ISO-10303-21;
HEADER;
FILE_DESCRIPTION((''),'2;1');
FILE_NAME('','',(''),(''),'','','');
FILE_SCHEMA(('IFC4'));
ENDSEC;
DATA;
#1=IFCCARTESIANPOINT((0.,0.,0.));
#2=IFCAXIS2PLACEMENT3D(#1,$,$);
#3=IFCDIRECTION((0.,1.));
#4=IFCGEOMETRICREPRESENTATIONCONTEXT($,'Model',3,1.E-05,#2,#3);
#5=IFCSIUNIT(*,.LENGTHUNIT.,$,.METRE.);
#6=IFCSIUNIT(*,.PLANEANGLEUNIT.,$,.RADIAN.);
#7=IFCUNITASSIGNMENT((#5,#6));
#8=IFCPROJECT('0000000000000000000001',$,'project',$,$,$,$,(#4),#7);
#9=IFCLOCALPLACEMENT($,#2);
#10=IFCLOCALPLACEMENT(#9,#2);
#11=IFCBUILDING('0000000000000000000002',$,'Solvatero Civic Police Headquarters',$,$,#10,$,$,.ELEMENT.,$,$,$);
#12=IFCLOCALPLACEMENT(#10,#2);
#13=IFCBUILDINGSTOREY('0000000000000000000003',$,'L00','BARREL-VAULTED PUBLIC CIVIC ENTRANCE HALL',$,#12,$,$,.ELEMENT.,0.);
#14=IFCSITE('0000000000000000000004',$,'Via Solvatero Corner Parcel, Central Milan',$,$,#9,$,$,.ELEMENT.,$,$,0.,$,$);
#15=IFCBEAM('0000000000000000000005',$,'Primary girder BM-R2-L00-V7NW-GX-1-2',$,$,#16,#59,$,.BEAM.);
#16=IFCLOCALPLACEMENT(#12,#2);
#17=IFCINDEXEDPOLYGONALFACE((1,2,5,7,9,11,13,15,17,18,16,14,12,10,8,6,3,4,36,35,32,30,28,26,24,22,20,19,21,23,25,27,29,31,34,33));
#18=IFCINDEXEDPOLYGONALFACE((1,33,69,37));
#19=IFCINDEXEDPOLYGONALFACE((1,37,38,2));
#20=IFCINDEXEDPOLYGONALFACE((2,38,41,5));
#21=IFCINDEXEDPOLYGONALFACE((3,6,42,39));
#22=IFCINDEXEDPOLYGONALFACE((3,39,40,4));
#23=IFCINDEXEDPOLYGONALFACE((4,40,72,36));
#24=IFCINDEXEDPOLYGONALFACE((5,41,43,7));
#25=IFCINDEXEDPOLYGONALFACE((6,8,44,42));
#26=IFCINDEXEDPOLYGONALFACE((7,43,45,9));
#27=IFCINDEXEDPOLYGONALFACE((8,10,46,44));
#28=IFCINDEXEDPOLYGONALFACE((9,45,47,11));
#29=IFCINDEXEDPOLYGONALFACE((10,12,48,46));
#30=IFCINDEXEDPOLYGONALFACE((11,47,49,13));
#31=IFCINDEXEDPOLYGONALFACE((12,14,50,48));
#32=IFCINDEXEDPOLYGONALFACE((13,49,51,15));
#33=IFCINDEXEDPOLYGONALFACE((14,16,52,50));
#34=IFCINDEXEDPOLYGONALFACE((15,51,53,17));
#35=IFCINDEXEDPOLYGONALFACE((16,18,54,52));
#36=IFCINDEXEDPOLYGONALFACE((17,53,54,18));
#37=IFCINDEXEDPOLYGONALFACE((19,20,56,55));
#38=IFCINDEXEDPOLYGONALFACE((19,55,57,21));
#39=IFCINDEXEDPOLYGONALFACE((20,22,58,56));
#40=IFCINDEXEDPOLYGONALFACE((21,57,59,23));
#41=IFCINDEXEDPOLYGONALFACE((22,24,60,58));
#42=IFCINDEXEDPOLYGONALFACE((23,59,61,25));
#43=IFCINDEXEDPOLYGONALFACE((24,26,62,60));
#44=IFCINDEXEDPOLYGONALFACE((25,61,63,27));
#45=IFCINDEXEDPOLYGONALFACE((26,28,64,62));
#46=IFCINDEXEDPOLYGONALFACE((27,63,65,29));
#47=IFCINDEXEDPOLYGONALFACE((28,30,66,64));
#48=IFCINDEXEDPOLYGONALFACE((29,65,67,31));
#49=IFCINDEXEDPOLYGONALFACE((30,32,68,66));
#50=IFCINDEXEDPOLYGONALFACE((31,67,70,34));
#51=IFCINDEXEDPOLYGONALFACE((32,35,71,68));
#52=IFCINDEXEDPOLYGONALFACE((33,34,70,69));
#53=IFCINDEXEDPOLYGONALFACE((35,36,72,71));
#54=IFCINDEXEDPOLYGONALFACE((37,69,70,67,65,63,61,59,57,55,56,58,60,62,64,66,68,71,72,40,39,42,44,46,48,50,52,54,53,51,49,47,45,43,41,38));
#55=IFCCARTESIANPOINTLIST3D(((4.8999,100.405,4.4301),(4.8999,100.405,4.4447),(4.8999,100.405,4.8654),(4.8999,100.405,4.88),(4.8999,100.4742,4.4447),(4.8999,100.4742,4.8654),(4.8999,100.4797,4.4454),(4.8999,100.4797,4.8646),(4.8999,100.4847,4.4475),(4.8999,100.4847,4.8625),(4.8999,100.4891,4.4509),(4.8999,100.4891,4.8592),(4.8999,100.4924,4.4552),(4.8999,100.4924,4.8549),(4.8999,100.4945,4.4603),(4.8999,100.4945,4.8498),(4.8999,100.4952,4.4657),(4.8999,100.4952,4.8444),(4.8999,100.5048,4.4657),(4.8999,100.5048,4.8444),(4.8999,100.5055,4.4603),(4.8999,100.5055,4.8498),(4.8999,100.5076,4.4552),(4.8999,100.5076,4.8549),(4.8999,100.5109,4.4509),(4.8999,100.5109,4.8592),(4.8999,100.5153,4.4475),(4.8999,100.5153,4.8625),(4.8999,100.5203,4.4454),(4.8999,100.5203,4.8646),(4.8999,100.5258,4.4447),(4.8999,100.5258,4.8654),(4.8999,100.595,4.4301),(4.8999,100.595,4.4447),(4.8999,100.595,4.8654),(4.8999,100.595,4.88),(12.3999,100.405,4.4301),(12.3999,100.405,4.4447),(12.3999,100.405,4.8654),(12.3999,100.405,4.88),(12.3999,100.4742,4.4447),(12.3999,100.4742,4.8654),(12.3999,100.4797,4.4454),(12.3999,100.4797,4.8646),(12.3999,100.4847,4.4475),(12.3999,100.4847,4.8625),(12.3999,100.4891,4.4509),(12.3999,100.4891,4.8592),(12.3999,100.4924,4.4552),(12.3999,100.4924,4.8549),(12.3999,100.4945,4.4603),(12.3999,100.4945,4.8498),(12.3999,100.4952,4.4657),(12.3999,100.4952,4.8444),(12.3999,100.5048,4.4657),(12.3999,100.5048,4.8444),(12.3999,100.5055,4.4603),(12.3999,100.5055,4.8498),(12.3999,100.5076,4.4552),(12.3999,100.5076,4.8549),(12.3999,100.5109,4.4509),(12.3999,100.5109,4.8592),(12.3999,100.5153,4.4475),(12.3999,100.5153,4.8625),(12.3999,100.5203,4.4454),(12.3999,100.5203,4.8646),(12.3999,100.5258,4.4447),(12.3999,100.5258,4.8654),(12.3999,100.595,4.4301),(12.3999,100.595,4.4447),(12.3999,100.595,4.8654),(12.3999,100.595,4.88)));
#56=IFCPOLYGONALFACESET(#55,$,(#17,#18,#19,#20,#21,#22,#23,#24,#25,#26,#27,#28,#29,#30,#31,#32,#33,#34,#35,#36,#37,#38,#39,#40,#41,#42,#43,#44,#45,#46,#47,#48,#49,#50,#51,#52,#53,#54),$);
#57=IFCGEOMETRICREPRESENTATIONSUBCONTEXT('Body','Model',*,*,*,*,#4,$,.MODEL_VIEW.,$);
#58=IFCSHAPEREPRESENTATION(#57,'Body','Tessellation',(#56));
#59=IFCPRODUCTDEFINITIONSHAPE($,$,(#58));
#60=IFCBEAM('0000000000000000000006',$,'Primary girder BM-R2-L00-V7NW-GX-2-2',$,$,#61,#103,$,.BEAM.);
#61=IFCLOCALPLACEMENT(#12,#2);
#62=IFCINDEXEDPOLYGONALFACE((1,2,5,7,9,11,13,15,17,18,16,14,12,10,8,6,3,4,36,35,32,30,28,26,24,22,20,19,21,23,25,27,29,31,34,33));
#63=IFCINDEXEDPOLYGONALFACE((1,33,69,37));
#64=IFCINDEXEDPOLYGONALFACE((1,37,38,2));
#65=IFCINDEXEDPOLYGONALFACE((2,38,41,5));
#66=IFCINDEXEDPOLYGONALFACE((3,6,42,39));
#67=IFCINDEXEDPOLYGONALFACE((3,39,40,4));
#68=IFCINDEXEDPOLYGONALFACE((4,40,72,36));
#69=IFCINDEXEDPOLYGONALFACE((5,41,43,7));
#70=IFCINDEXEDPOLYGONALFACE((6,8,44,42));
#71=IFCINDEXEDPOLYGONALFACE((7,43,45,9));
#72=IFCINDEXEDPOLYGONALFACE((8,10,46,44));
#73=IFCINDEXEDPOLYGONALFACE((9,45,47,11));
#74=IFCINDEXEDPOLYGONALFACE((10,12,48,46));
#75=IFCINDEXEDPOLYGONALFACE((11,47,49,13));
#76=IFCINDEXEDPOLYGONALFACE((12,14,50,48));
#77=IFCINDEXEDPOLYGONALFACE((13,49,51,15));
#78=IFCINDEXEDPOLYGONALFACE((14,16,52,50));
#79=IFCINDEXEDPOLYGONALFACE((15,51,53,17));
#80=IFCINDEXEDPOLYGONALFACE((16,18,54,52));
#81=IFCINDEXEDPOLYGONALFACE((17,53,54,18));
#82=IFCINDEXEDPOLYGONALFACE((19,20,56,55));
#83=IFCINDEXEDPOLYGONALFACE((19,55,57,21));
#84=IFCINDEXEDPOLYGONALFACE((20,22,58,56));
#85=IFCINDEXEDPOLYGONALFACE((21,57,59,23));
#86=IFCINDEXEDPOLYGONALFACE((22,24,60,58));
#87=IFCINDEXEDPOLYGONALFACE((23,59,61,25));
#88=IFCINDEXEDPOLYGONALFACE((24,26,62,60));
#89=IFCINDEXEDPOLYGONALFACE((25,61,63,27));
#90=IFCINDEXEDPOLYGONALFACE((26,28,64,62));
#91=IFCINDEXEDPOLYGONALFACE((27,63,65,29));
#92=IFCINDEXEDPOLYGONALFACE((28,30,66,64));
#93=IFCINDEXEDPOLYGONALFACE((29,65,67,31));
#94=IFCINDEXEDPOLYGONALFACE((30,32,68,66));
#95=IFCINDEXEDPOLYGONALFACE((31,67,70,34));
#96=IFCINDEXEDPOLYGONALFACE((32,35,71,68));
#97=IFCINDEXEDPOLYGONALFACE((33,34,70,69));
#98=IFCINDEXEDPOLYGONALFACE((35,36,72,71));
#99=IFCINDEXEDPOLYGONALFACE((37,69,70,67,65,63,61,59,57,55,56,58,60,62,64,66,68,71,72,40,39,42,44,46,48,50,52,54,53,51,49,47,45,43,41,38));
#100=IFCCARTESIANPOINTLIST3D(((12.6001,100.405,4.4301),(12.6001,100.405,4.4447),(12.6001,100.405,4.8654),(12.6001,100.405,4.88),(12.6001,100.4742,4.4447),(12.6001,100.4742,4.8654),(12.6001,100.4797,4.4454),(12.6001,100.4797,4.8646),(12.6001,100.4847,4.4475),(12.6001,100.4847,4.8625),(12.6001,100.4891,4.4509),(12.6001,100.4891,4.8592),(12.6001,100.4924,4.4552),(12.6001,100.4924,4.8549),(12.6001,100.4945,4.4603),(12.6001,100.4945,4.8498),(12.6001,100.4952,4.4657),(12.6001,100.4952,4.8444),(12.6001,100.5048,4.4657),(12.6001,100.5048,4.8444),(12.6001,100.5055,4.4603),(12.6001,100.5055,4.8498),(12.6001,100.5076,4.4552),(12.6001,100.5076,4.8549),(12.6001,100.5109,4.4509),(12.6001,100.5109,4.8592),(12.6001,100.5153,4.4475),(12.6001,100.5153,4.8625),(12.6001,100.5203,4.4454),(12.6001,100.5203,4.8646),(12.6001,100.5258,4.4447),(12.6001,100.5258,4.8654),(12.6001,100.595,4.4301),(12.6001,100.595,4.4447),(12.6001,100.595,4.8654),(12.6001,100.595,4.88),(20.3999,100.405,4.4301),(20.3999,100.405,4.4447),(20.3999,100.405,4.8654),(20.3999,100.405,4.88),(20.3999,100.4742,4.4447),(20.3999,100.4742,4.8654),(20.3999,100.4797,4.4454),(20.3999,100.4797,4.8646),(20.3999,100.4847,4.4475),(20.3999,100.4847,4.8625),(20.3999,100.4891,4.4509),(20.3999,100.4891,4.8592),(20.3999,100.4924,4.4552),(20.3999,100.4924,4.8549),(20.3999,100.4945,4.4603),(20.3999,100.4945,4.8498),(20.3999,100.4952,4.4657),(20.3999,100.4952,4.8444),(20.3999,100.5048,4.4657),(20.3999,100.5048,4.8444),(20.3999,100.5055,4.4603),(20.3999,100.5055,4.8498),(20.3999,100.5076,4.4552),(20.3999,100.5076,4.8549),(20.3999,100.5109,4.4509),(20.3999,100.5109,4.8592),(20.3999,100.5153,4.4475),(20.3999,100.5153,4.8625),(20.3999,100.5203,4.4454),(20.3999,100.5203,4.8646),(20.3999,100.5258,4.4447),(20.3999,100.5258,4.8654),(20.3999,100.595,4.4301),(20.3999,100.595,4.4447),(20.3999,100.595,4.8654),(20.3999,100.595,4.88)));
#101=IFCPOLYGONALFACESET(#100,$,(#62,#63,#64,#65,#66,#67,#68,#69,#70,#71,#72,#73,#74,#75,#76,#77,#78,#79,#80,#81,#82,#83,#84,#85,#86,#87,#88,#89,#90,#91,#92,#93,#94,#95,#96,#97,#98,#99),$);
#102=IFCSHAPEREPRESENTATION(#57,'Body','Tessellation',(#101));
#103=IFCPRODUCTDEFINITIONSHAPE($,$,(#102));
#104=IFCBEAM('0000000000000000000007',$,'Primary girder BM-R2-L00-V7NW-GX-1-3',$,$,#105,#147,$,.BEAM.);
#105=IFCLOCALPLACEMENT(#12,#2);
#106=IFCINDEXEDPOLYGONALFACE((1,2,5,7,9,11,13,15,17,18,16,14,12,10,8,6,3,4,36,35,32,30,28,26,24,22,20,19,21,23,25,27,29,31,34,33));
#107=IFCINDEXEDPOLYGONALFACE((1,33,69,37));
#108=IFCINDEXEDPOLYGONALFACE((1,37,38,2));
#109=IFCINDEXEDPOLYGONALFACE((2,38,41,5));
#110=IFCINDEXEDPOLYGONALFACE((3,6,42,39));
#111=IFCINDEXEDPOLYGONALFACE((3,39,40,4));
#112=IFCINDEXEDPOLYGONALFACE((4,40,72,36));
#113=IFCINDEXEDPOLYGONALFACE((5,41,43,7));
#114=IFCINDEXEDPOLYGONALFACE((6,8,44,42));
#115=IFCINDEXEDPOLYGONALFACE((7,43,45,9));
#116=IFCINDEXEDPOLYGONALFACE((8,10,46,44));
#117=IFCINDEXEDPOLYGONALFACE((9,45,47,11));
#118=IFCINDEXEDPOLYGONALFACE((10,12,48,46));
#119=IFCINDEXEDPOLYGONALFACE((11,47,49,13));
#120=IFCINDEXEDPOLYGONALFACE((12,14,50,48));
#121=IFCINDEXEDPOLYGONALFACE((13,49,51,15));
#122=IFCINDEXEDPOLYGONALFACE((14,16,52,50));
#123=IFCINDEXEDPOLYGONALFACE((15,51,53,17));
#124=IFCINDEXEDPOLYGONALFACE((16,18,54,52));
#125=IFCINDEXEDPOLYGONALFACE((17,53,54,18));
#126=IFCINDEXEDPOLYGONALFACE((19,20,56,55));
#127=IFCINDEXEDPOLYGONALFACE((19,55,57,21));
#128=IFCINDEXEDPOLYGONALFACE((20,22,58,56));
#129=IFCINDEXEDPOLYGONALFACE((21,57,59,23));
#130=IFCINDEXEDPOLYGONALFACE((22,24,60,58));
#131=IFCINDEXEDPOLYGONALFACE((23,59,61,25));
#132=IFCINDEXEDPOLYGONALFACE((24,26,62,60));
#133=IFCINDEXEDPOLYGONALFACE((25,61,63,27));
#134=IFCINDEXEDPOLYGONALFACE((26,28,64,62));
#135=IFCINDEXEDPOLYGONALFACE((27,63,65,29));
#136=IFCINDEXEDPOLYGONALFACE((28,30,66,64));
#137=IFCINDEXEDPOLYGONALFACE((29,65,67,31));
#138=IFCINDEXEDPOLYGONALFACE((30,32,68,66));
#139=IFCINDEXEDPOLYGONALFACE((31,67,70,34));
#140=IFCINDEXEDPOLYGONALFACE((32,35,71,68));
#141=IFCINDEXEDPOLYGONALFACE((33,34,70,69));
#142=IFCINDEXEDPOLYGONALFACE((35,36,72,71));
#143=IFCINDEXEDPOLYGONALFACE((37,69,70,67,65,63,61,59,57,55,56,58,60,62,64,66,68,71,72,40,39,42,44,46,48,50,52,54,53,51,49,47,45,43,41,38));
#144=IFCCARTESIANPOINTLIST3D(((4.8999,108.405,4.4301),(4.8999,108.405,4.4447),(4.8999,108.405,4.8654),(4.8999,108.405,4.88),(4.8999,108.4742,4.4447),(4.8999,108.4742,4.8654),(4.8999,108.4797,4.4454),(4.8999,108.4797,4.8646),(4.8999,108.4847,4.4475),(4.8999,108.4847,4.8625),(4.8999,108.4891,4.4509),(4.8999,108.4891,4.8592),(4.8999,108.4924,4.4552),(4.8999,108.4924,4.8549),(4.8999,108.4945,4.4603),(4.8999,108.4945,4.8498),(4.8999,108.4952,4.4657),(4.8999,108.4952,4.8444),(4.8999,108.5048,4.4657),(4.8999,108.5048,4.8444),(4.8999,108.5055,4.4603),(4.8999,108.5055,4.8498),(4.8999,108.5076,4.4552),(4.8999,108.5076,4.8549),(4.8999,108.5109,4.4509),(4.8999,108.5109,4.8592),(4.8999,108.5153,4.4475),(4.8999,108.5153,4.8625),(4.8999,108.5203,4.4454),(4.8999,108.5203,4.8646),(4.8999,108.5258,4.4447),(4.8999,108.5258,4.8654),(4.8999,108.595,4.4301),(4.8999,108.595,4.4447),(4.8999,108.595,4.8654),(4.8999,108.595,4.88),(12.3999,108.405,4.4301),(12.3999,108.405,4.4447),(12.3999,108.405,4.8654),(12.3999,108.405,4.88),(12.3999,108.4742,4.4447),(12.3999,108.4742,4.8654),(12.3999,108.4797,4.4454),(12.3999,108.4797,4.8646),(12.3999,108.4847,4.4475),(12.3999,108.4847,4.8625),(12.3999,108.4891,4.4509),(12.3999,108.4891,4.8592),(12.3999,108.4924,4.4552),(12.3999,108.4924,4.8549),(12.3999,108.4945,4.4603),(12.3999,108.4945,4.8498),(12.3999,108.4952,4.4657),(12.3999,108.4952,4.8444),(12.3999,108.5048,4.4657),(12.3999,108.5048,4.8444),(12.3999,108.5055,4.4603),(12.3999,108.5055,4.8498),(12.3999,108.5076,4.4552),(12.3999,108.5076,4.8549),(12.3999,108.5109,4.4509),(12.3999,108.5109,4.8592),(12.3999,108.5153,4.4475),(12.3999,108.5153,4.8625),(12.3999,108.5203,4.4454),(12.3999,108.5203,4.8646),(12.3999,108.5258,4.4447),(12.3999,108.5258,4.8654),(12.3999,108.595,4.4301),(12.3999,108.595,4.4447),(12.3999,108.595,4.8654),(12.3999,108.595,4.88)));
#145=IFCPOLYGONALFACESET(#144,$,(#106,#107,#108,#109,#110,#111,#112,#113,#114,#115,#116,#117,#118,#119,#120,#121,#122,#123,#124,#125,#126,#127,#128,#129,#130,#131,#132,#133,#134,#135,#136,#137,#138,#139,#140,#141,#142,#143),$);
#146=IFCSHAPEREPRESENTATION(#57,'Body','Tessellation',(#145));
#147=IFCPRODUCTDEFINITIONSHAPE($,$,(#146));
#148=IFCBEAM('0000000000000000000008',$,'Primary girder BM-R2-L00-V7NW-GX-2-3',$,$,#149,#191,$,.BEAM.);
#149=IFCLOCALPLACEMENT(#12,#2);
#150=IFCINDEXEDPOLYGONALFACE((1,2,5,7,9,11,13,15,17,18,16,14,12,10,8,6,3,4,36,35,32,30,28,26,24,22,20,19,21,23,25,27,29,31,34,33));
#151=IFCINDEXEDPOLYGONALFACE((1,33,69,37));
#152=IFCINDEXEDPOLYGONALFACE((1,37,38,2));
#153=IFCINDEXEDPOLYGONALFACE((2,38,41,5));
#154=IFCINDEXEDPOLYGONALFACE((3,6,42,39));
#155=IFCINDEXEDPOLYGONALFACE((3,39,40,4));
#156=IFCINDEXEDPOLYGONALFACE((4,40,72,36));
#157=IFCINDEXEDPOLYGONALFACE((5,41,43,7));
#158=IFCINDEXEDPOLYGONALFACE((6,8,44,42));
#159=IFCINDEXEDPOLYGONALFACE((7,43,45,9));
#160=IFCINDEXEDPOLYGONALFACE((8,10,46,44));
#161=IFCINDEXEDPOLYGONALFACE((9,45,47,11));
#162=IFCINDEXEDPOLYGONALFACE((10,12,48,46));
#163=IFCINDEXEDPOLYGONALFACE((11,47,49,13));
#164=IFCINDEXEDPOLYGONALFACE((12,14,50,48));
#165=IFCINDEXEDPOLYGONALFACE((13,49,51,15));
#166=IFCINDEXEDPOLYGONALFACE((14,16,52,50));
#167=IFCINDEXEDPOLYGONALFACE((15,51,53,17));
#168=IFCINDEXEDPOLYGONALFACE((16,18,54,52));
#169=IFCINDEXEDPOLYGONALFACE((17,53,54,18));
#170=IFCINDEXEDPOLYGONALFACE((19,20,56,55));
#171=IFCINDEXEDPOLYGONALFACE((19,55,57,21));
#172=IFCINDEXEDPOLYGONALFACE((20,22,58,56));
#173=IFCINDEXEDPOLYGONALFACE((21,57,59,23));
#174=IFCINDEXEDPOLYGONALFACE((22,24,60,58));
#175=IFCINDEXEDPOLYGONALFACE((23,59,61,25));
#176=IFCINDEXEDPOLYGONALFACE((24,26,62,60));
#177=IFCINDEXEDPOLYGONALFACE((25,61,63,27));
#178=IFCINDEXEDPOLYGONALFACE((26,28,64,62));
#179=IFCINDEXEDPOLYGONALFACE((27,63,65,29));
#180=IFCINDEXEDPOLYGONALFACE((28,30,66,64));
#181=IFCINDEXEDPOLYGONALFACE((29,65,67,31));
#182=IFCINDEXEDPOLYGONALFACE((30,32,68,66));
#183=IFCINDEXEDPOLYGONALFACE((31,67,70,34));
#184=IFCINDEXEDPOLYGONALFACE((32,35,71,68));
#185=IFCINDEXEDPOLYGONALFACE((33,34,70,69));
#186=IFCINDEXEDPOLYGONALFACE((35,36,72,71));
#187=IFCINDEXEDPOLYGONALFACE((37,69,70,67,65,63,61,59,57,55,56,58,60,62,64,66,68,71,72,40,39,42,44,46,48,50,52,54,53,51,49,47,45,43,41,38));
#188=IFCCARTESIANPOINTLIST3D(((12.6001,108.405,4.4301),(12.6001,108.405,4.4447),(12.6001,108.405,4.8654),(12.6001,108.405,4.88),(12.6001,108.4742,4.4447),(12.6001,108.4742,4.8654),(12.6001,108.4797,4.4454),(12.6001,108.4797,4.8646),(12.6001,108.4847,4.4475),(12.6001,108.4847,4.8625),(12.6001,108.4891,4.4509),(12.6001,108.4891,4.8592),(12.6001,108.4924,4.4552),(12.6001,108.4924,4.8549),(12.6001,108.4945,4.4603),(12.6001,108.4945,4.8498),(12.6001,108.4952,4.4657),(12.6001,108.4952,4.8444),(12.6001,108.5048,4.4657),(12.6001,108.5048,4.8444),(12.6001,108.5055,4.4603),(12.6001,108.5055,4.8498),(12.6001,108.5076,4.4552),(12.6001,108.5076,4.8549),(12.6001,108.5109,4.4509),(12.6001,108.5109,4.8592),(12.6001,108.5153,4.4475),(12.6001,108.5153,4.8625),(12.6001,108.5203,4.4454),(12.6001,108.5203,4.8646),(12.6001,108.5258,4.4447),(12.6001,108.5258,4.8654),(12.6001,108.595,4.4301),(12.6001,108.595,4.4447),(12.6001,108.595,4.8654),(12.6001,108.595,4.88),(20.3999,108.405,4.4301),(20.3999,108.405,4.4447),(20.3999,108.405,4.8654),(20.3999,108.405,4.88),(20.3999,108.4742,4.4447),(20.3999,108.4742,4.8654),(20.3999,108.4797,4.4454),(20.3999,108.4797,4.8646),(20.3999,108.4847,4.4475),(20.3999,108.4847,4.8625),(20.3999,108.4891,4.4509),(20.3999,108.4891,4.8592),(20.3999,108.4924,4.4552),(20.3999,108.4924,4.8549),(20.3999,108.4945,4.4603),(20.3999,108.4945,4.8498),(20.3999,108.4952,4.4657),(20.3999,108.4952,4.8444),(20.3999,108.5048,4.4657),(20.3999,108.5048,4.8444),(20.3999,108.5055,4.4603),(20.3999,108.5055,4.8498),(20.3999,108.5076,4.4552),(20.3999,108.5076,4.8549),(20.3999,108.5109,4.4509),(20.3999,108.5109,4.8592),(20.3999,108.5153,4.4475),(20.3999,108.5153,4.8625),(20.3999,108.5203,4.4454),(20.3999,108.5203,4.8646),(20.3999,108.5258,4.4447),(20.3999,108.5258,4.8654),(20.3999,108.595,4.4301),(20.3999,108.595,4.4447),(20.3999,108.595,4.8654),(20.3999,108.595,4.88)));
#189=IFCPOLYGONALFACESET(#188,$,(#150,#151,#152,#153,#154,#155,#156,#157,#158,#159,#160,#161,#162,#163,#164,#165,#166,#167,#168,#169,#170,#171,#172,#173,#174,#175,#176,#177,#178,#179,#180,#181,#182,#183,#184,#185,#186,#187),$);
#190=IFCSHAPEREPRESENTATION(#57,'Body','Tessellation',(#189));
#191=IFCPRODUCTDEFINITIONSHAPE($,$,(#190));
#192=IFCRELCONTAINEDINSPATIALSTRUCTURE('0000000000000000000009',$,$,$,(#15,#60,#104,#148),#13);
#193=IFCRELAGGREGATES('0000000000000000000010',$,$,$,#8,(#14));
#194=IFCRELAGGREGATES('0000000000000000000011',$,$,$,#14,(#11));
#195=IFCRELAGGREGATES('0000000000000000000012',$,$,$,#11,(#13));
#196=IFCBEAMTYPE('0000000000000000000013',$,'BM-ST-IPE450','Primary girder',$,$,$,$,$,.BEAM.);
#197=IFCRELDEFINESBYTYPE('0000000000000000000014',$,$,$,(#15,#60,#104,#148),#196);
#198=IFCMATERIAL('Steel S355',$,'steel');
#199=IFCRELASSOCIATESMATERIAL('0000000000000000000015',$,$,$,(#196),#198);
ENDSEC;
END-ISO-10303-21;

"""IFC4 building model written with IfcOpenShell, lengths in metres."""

from ifc_helpers import new_model, si_unit, direction, frame, origin, origin_2d, place, context, subcontext, project, spatial, i_section, extrude, material, material_profile, profile_set, type_object, element, save


model = new_model("IFC4")

# Units and contexts
model_context = context("Model", 3, precision=1e-05, world=origin(), true_north=direction((0.0, 1.0)))
body_context = subcontext(model_context, "Body", "Model", "MODEL_VIEW")
ifc_project = project(units=[si_unit("LENGTHUNIT", "METRE"), si_unit("PLANEANGLEUNIT", "RADIAN")], contexts=[model_context])

# Site, building, storey
site_placement = place(None, origin())
site = spatial("IfcSite", under=ifc_project, at=site_placement, Name="Via Solvatero Corner Parcel, Central Milan", CompositionType="ELEMENT", RefElevation=0.0)
building_placement = place(site_placement, origin())
building = spatial("IfcBuilding", under=site, at=building_placement, Name="Solvatero Civic Police Headquarters", CompositionType="ELEMENT")
storey_placement = place(building_placement, origin())
storey = spatial("IfcBuildingStorey", under=building, at=storey_placement, Name="L00", Description="BARREL-VAULTED PUBLIC CIVIC ENTRANCE HALL", CompositionType="ELEMENT", Elevation=0.0)

# Beams
ifc_material_1 = material(Name="Steel S355", Category="steel")
ifc_material_profile_1 = material_profile(ifc_material_1, i_section(OverallWidth=0.1899, OverallDepth=0.45, WebThickness=0.0095, FlangeThickness=0.0146, FilletRadius=0.021, at=origin_2d()), Name="IPE 450")
ifc_profile_set_1 = profile_set([ifc_material_profile_1], Name="Steel S355")
beam_type_1 = type_object("IfcBeamType", Name="BM-ST-IPE450", Description="Primary girder", PredefinedType="BEAM", material=ifc_profile_set_1)
beam_1_placement = place(storey_placement, frame((4.8999, 100.5, 4.655), z_axis=(1.0, 0.0, 0.0), x_axis=(0.0, 1.0, 0.0)))
element("IfcBeam", 1, at=beam_1_placement, inside=storey, type_object=beam_type_1, Name="Primary girder BM-R2-L00-V7NW-GX-1-2", PredefinedType="BEAM", context=body_context, shape_type="SweptSolid", body=[
    extrude(i_section(OverallWidth=0.1899, OverallDepth=0.45, WebThickness=0.0095, FlangeThickness=0.0146, FilletRadius=0.021, at=origin_2d()), origin(), (0.0, 0.0, 1.0), 7.5),
])
beam_2_placement = place(storey_placement, frame((12.6001, 100.5, 4.655), z_axis=(1.0, 0.0, 0.0), x_axis=(0.0, 1.0, 0.0)))
element("IfcBeam", 2, at=beam_2_placement, inside=storey, type_object=beam_type_1, Name="Primary girder BM-R2-L00-V7NW-GX-2-2", PredefinedType="BEAM", context=body_context, shape_type="SweptSolid", body=[
    extrude(i_section(OverallWidth=0.1899, OverallDepth=0.45, WebThickness=0.0095, FlangeThickness=0.0146, FilletRadius=0.021, at=origin_2d()), origin(), (0.0, 0.0, 1.0), 7.7998),
])
beam_3_placement = place(storey_placement, frame((4.8999, 108.5, 4.655), z_axis=(1.0, 0.0, 0.0), x_axis=(0.0, 1.0, 0.0)))
element("IfcBeam", 3, at=beam_3_placement, inside=storey, type_object=beam_type_1, Name="Primary girder BM-R2-L00-V7NW-GX-1-3", PredefinedType="BEAM", context=body_context, shape_type="SweptSolid", body=[
    extrude(i_section(OverallWidth=0.1899, OverallDepth=0.45, WebThickness=0.0095, FlangeThickness=0.0146, FilletRadius=0.021, at=origin_2d()), origin(), (0.0, 0.0, 1.0), 7.5),
])
beam_4_placement = place(storey_placement, frame((12.6001, 108.5, 4.655), z_axis=(1.0, 0.0, 0.0), x_axis=(0.0, 1.0, 0.0)))
element("IfcBeam", 4, at=beam_4_placement, inside=storey, type_object=beam_type_1, Name="Primary girder BM-R2-L00-V7NW-GX-2-3", PredefinedType="BEAM", context=body_context, shape_type="SweptSolid", body=[
    extrude(i_section(OverallWidth=0.1899, OverallDepth=0.45, WebThickness=0.0095, FlangeThickness=0.0146, FilletRadius=0.021, at=origin_2d()), origin(), (0.0, 0.0, 1.0), 7.7998),
])

save(model, "model.ifc")
